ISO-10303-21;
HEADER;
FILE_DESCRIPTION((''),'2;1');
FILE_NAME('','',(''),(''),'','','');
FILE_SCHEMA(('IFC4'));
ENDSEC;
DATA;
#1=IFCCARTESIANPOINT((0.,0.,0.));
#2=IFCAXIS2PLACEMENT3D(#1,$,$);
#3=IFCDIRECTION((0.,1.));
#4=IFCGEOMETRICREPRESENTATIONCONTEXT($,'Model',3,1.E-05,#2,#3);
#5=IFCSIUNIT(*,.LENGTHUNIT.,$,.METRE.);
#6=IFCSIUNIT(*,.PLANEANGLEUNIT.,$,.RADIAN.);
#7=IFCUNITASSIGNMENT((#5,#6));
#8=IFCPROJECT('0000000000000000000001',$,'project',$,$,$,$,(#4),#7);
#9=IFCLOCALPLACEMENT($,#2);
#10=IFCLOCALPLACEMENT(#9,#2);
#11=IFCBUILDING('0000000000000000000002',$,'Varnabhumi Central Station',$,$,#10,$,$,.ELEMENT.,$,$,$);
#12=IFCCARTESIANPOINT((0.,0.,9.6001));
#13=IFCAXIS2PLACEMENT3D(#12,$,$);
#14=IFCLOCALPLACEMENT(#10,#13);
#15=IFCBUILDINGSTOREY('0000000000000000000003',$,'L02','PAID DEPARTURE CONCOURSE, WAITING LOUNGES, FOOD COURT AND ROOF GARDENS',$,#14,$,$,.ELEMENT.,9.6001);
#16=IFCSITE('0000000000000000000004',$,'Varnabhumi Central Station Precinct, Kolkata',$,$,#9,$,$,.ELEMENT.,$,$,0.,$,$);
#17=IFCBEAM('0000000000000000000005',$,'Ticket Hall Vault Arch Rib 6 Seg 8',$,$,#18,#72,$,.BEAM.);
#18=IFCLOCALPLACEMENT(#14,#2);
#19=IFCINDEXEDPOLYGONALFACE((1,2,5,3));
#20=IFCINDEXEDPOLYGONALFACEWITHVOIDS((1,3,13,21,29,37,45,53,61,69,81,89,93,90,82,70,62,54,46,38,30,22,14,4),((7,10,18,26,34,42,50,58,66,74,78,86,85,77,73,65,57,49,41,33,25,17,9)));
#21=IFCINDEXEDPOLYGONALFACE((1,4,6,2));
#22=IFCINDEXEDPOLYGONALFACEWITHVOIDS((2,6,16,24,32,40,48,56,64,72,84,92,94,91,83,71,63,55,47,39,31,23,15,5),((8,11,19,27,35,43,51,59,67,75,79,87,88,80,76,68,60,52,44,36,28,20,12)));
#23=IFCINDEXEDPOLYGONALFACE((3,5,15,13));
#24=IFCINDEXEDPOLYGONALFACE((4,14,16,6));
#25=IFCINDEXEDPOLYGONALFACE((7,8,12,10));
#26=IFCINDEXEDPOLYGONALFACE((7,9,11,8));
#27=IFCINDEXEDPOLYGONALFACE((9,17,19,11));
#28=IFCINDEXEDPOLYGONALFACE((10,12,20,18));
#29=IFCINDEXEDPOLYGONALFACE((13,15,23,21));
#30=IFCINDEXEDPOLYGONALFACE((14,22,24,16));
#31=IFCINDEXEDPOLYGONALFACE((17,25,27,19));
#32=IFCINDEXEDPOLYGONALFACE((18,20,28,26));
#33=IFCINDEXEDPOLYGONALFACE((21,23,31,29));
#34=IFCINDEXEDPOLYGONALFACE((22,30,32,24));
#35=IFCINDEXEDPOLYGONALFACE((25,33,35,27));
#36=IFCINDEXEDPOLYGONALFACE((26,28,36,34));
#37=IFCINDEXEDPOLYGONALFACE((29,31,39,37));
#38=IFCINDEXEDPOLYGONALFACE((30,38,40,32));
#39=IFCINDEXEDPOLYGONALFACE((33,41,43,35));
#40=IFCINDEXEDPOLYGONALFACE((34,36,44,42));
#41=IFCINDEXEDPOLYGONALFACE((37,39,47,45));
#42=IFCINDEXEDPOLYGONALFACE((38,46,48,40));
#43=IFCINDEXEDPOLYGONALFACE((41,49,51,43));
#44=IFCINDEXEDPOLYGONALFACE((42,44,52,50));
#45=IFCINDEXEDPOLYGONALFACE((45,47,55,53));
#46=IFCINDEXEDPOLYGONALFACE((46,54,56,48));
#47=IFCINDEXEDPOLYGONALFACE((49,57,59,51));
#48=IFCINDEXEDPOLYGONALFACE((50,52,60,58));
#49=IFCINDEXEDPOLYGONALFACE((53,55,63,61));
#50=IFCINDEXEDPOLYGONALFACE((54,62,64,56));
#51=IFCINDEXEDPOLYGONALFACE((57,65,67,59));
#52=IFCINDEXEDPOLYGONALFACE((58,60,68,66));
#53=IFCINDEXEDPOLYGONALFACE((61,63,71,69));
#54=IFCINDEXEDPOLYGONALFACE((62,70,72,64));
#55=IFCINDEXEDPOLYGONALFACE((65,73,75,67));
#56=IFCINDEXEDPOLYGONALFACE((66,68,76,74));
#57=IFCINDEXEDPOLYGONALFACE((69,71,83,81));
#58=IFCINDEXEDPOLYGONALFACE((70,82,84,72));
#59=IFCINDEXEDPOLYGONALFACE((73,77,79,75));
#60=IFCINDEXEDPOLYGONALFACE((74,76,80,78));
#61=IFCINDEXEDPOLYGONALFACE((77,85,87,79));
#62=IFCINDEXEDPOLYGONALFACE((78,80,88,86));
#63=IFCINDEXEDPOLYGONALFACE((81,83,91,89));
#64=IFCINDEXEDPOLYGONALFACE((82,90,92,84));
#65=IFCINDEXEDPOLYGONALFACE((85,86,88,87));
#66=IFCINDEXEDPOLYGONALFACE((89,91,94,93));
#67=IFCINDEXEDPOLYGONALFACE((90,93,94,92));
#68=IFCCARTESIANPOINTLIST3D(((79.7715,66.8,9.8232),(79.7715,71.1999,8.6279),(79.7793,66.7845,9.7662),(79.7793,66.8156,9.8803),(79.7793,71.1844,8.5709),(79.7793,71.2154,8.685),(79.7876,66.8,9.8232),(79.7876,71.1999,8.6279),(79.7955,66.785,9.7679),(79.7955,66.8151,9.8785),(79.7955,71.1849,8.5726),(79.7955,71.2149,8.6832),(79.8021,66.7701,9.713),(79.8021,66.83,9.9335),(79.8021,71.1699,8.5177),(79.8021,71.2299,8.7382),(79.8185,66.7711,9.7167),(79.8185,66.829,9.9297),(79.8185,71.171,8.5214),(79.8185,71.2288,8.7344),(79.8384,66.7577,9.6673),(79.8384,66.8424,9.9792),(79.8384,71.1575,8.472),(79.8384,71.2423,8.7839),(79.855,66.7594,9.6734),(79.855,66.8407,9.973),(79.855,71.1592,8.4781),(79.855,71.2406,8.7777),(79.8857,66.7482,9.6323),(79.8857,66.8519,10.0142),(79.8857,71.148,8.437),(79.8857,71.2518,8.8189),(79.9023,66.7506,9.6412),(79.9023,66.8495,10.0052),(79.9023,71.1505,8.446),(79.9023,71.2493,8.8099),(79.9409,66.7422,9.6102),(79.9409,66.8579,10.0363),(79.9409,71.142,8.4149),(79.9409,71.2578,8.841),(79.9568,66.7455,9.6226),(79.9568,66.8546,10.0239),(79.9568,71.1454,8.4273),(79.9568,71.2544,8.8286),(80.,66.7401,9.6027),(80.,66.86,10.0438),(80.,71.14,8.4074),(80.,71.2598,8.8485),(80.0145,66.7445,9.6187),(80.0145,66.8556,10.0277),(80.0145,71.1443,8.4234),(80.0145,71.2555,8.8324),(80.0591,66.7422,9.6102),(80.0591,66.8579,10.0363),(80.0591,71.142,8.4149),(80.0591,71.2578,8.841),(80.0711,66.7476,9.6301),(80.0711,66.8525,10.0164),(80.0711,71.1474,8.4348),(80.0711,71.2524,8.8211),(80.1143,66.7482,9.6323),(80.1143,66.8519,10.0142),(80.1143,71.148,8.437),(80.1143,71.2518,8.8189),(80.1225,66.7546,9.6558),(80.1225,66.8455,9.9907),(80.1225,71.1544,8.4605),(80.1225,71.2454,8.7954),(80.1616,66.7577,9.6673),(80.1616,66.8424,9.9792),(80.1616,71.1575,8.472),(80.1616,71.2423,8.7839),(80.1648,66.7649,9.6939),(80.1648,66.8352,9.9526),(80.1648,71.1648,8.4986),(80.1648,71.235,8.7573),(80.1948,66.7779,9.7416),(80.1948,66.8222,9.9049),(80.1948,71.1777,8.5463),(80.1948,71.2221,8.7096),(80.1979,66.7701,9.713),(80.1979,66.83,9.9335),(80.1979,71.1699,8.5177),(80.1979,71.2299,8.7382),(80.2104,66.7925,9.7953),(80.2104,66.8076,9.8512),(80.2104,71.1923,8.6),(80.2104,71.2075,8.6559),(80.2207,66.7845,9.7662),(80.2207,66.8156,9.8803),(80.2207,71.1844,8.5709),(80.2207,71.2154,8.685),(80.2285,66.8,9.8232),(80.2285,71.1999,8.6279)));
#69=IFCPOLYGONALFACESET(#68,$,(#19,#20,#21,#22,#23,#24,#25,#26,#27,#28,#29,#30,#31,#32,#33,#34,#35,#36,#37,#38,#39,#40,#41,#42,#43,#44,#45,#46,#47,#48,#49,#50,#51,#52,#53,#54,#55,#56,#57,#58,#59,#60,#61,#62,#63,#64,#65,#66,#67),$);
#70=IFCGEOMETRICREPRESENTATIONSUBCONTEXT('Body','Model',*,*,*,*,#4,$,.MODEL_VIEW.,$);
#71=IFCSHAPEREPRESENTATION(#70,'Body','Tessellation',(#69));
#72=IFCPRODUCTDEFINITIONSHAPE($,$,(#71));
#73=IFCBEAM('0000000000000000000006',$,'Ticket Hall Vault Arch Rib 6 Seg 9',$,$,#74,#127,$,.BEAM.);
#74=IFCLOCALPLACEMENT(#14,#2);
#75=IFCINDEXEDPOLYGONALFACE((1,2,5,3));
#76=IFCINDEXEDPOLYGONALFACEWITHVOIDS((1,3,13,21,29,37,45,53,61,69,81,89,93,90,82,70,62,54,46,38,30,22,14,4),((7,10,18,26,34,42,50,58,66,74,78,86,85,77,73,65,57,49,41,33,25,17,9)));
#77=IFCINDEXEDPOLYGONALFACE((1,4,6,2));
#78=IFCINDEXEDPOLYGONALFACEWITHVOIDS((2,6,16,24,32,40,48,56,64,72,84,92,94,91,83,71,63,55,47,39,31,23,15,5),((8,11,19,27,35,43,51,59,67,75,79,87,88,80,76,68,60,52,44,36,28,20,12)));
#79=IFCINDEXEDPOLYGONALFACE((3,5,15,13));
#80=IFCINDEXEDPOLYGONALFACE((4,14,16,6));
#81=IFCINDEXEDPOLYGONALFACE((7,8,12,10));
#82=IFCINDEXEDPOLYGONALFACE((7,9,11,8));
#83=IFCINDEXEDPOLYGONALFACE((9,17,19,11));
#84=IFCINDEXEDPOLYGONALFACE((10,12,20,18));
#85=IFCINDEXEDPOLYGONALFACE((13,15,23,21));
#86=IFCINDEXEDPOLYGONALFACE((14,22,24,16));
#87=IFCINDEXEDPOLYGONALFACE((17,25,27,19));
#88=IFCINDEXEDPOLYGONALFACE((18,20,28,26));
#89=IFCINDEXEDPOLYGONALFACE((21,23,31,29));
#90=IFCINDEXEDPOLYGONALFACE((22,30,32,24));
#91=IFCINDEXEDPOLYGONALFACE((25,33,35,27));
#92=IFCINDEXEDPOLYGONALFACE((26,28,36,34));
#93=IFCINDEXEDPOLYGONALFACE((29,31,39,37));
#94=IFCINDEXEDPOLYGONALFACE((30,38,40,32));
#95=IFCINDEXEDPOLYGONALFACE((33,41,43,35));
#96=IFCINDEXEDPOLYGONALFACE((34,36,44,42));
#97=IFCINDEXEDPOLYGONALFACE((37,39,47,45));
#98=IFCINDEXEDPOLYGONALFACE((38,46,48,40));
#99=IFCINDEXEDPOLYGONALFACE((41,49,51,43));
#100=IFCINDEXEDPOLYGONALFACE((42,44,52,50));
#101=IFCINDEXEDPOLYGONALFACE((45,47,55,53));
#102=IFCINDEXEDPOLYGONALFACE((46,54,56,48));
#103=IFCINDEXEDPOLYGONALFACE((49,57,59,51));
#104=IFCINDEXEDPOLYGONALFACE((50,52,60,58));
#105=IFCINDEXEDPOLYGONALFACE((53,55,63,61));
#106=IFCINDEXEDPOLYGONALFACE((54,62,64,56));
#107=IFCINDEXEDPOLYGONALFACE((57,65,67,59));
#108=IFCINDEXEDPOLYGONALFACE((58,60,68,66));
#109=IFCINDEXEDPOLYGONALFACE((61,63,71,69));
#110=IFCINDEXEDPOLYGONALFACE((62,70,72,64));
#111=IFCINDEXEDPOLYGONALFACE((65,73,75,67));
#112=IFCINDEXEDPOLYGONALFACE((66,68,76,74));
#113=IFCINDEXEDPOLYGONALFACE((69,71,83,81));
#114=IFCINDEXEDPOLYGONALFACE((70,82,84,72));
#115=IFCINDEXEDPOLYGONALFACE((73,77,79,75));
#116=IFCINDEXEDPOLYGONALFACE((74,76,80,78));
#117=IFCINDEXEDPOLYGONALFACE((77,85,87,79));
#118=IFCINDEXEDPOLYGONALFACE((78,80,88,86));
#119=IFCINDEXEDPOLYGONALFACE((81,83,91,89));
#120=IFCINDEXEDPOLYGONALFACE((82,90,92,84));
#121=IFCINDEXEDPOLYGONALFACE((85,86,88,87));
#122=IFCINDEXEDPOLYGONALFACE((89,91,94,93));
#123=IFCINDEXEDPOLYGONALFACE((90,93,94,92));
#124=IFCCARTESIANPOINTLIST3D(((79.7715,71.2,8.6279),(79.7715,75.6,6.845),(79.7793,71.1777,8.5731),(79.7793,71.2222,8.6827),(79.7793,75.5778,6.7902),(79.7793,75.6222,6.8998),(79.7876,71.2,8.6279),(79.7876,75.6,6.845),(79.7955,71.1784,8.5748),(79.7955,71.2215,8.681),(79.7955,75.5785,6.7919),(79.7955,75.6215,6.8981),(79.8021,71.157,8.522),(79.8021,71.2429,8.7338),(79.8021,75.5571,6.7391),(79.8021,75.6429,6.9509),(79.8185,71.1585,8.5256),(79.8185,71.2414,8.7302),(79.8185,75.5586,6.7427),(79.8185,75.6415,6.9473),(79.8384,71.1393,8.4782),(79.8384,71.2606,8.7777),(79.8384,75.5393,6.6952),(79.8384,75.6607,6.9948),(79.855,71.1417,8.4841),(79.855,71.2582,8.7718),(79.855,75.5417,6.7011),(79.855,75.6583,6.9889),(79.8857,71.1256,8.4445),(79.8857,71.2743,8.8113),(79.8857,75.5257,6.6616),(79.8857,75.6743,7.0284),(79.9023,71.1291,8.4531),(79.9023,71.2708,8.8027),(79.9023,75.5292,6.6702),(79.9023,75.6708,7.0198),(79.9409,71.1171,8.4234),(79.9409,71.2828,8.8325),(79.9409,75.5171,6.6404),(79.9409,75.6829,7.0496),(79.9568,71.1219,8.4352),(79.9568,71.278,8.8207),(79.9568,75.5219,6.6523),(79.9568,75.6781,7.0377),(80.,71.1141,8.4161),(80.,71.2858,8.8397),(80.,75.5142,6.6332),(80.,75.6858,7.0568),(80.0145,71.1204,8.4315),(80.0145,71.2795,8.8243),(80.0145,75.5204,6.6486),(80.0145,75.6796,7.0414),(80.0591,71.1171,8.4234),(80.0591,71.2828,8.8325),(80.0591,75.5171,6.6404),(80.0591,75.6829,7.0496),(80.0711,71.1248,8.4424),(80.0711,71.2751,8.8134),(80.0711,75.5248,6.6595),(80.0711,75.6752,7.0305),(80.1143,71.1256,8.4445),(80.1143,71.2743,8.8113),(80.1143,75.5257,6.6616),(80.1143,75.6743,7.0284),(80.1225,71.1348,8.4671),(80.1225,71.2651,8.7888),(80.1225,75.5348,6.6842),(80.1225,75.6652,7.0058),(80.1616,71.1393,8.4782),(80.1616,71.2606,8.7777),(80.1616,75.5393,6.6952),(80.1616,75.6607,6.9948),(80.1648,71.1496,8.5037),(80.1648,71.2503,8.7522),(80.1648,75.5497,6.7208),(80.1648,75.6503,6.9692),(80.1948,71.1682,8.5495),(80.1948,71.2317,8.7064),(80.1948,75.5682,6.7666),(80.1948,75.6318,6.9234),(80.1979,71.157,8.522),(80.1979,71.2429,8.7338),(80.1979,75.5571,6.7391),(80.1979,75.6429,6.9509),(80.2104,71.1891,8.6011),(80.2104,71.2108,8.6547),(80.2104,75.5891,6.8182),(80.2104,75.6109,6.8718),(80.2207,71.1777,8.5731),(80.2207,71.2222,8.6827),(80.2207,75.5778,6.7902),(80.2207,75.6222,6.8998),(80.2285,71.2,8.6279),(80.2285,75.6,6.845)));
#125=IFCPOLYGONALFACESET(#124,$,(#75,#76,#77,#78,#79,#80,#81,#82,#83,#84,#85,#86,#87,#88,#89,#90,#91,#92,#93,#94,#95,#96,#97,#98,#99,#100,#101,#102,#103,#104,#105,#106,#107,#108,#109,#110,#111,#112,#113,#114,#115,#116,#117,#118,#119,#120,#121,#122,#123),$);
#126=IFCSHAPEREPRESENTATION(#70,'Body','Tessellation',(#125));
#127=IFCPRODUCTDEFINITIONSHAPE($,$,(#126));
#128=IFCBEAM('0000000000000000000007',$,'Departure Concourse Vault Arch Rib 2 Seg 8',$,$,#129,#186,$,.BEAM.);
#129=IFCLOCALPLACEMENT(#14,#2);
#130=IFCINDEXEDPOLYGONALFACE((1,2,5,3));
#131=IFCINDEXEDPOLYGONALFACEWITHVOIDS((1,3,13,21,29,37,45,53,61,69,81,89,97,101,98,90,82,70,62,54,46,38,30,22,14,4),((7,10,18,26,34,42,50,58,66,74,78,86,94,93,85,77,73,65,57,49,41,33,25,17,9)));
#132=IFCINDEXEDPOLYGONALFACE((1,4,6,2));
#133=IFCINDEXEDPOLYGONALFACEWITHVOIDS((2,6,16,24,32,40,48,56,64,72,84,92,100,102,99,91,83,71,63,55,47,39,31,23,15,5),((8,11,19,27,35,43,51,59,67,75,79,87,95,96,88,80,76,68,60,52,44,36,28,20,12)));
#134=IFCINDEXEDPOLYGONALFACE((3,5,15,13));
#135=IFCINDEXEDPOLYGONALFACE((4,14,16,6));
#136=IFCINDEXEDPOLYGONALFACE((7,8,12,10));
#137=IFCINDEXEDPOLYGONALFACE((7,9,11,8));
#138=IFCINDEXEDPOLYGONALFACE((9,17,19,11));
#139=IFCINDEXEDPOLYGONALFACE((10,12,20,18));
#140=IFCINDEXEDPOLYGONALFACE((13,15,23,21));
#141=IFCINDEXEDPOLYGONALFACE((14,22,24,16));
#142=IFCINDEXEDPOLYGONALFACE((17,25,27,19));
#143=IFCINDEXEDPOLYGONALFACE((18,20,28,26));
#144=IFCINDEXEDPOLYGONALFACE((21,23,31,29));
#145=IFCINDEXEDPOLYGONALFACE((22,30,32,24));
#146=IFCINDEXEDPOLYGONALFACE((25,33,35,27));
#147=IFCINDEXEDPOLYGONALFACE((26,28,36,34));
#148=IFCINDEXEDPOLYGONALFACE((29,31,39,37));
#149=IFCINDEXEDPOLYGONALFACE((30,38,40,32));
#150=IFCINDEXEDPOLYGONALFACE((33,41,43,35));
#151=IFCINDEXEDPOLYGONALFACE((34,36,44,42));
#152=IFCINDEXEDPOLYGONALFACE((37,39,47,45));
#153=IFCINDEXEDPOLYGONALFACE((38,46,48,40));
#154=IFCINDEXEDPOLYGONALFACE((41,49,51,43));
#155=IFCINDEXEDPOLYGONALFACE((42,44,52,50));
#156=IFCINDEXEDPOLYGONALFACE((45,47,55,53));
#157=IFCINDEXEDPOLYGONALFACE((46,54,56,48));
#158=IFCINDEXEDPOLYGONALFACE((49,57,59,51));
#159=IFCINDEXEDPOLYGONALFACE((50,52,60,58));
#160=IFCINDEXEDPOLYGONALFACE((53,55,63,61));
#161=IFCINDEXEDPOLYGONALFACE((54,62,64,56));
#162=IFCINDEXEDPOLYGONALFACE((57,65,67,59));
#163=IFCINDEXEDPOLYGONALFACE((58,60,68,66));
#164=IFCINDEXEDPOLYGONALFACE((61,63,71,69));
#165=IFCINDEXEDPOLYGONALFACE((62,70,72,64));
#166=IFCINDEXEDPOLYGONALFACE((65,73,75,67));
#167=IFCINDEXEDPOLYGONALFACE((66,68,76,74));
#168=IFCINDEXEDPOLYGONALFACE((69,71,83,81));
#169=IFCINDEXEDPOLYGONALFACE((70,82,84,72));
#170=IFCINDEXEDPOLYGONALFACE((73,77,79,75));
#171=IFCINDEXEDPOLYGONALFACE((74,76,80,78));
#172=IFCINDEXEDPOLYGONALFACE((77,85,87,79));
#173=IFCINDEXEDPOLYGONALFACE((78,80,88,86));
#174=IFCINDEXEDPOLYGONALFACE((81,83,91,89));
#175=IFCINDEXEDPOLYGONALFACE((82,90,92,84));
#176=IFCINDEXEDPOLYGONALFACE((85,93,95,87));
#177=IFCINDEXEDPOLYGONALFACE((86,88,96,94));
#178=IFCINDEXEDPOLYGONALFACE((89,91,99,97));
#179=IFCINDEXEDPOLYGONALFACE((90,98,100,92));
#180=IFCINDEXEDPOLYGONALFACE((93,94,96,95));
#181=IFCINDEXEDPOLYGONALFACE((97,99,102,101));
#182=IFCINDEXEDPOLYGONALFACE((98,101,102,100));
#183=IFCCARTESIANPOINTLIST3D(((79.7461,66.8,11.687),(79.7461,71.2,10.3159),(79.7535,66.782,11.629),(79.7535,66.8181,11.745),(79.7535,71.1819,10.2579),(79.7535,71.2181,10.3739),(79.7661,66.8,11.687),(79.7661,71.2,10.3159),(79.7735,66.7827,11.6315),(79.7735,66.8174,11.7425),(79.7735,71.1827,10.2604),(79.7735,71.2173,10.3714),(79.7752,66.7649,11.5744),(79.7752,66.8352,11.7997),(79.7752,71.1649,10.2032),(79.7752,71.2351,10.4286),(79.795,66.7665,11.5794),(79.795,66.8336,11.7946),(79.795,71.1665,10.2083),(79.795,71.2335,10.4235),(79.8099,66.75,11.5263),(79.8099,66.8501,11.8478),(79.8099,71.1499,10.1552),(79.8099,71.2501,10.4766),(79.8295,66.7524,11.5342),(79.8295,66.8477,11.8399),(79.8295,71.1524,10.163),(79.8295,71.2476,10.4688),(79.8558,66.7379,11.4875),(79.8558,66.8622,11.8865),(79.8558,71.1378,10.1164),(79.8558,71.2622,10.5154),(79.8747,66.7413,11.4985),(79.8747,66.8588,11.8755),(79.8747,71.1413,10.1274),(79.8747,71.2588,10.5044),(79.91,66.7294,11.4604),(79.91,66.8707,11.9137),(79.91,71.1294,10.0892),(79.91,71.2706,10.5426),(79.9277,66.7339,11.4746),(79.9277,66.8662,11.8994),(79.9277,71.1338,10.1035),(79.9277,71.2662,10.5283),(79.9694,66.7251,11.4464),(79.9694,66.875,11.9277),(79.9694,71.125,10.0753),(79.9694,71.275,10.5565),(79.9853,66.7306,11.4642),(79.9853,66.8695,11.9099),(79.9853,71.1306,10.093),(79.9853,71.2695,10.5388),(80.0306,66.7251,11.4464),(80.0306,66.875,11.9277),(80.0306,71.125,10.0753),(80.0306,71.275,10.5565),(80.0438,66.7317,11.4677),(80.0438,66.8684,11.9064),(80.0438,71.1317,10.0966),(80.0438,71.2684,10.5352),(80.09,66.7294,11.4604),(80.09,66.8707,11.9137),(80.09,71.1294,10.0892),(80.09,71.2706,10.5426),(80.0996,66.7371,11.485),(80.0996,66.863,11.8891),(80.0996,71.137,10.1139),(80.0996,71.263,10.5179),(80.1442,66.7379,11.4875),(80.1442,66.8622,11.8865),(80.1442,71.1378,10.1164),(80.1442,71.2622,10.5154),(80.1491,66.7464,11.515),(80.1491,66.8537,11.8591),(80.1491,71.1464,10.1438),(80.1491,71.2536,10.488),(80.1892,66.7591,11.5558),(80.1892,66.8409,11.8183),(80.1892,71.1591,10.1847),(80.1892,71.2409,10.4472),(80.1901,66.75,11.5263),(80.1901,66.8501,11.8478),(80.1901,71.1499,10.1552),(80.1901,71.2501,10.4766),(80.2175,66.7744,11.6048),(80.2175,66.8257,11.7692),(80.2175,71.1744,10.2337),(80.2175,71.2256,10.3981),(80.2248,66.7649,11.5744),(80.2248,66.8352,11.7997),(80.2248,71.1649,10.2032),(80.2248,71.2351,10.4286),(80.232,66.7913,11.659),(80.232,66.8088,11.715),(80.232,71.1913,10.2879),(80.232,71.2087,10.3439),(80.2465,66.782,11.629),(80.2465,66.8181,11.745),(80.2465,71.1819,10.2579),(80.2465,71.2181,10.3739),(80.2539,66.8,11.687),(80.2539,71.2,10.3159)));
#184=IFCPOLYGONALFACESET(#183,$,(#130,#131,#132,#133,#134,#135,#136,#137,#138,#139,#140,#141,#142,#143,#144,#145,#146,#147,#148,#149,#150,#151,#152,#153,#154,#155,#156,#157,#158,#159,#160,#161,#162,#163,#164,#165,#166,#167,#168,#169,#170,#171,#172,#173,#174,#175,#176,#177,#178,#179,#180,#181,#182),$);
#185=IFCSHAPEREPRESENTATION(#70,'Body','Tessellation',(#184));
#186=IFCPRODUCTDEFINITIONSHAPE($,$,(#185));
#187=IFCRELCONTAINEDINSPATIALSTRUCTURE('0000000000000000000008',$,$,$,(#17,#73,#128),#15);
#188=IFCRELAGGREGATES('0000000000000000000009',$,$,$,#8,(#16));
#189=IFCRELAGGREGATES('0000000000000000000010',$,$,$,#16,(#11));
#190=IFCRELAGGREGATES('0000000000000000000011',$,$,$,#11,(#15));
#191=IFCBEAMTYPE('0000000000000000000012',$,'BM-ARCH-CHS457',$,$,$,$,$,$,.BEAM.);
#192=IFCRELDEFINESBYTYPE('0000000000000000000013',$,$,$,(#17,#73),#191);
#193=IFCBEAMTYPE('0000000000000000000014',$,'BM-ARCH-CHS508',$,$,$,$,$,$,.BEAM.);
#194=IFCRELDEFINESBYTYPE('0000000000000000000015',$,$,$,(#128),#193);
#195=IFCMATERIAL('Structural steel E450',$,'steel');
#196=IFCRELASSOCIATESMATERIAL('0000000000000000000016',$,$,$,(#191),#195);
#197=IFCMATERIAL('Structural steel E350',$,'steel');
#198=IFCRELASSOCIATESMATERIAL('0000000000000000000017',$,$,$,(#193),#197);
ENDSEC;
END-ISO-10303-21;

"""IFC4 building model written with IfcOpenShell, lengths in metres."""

from ifc_helpers import new_model, si_unit, direction, frame, origin, origin_2d, place, context, subcontext, project, spatial, hollow_circle, extrude, material, material_profile, profile_set, type_object, element, save


model = new_model("IFC4")

# Units and contexts
model_context = context("Model", 3, precision=1e-05, world=origin(), true_north=direction((0.0, 1.0)))
body_context = subcontext(model_context, "Body", "Model", "MODEL_VIEW")
ifc_project = project(units=[si_unit("LENGTHUNIT", "METRE"), si_unit("PLANEANGLEUNIT", "RADIAN")], contexts=[model_context])

# Site, building, storey
site_placement = place(None, origin())
site = spatial("IfcSite", under=ifc_project, at=site_placement, Name="Varnabhumi Central Station Precinct, Kolkata", CompositionType="ELEMENT", RefElevation=0.0)
building_placement = place(site_placement, origin())
building = spatial("IfcBuilding", under=site, at=building_placement, Name="Varnabhumi Central Station", CompositionType="ELEMENT")
storey_placement = place(building_placement, frame((0.0, 0.0, 9.6001)))
storey = spatial("IfcBuildingStorey", under=building, at=storey_placement, Name="L02", Description="PAID DEPARTURE CONCOURSE, WAITING LOUNGES, FOOD COURT AND ROOF GARDENS", CompositionType="ELEMENT", Elevation=9.6001)

# Beams
ifc_material_1 = material(Name="Structural steel E450", Category="steel")
ifc_material_profile_1 = material_profile(ifc_material_1, hollow_circle(Radius=0.2285, WallThickness=0.0161, at=origin_2d()), Name="Structural steel E450", Category="steel")
ifc_profile_set_1 = profile_set([ifc_material_profile_1], Name="Structural steel E450")
beam_type_1 = type_object("IfcBeamType", Name="BM-ARCH-CHS457", PredefinedType="BEAM", material=ifc_profile_set_1)
beam_1_placement = place(storey_placement, frame((80.0, 66.8, 9.8232), z_axis=(0.0, 0.965023, -0.262166), x_axis=(-1.0, 0.0, 0.0)))
element("IfcBeam", 1, at=beam_1_placement, inside=storey, type_object=beam_type_1, Name="Ticket Hall Vault Arch Rib 6 Seg 8", PredefinedType="BEAM", context=body_context, shape_type="SweptSolid", body=[
    extrude(hollow_circle(Radius=0.2285, WallThickness=0.0161, at=origin_2d()), origin(), (0.0, 0.0, 1.0), 4.5593),
])
beam_2_placement = place(storey_placement, frame((80.0, 71.2, 8.6279), z_axis=(0.0, 0.926804, -0.375545), x_axis=(-1.0, 0.0, 0.0)))
element("IfcBeam", 2, at=beam_2_placement, inside=storey, type_object=beam_type_1, Name="Ticket Hall Vault Arch Rib 6 Seg 9", PredefinedType="BEAM", context=body_context, shape_type="SweptSolid", body=[
    extrude(hollow_circle(Radius=0.2285, WallThickness=0.0161, at=origin_2d()), origin(), (0.0, 0.0, 1.0), 4.7476),
])
ifc_material_2 = material(Name="Structural steel E350", Category="steel")
ifc_material_profile_2 = material_profile(ifc_material_2, hollow_circle(Radius=0.2539, WallThickness=0.02, at=origin_2d()), Name="Structural steel E350", Category="steel")
ifc_profile_set_2 = profile_set([ifc_material_profile_2], Name="Structural steel E350")
beam_type_2 = type_object("IfcBeamType", Name="BM-ARCH-CHS508", PredefinedType="BEAM", material=ifc_profile_set_2)
beam_3_placement = place(storey_placement, frame((80.0, 66.8, 11.687), z_axis=(0.0, 0.954719, -0.297509), x_axis=(-1.0, 0.0, 0.0)))
element("IfcBeam", 3, at=beam_3_placement, inside=storey, type_object=beam_type_2, Name="Departure Concourse Vault Arch Rib 2 Seg 8", PredefinedType="BEAM", context=body_context, shape_type="SweptSolid", body=[
    extrude(hollow_circle(Radius=0.2539, WallThickness=0.02, at=origin_2d()), origin(), (0.0, 0.0, 1.0), 4.6086),
])

save(model, "model.ifc")
